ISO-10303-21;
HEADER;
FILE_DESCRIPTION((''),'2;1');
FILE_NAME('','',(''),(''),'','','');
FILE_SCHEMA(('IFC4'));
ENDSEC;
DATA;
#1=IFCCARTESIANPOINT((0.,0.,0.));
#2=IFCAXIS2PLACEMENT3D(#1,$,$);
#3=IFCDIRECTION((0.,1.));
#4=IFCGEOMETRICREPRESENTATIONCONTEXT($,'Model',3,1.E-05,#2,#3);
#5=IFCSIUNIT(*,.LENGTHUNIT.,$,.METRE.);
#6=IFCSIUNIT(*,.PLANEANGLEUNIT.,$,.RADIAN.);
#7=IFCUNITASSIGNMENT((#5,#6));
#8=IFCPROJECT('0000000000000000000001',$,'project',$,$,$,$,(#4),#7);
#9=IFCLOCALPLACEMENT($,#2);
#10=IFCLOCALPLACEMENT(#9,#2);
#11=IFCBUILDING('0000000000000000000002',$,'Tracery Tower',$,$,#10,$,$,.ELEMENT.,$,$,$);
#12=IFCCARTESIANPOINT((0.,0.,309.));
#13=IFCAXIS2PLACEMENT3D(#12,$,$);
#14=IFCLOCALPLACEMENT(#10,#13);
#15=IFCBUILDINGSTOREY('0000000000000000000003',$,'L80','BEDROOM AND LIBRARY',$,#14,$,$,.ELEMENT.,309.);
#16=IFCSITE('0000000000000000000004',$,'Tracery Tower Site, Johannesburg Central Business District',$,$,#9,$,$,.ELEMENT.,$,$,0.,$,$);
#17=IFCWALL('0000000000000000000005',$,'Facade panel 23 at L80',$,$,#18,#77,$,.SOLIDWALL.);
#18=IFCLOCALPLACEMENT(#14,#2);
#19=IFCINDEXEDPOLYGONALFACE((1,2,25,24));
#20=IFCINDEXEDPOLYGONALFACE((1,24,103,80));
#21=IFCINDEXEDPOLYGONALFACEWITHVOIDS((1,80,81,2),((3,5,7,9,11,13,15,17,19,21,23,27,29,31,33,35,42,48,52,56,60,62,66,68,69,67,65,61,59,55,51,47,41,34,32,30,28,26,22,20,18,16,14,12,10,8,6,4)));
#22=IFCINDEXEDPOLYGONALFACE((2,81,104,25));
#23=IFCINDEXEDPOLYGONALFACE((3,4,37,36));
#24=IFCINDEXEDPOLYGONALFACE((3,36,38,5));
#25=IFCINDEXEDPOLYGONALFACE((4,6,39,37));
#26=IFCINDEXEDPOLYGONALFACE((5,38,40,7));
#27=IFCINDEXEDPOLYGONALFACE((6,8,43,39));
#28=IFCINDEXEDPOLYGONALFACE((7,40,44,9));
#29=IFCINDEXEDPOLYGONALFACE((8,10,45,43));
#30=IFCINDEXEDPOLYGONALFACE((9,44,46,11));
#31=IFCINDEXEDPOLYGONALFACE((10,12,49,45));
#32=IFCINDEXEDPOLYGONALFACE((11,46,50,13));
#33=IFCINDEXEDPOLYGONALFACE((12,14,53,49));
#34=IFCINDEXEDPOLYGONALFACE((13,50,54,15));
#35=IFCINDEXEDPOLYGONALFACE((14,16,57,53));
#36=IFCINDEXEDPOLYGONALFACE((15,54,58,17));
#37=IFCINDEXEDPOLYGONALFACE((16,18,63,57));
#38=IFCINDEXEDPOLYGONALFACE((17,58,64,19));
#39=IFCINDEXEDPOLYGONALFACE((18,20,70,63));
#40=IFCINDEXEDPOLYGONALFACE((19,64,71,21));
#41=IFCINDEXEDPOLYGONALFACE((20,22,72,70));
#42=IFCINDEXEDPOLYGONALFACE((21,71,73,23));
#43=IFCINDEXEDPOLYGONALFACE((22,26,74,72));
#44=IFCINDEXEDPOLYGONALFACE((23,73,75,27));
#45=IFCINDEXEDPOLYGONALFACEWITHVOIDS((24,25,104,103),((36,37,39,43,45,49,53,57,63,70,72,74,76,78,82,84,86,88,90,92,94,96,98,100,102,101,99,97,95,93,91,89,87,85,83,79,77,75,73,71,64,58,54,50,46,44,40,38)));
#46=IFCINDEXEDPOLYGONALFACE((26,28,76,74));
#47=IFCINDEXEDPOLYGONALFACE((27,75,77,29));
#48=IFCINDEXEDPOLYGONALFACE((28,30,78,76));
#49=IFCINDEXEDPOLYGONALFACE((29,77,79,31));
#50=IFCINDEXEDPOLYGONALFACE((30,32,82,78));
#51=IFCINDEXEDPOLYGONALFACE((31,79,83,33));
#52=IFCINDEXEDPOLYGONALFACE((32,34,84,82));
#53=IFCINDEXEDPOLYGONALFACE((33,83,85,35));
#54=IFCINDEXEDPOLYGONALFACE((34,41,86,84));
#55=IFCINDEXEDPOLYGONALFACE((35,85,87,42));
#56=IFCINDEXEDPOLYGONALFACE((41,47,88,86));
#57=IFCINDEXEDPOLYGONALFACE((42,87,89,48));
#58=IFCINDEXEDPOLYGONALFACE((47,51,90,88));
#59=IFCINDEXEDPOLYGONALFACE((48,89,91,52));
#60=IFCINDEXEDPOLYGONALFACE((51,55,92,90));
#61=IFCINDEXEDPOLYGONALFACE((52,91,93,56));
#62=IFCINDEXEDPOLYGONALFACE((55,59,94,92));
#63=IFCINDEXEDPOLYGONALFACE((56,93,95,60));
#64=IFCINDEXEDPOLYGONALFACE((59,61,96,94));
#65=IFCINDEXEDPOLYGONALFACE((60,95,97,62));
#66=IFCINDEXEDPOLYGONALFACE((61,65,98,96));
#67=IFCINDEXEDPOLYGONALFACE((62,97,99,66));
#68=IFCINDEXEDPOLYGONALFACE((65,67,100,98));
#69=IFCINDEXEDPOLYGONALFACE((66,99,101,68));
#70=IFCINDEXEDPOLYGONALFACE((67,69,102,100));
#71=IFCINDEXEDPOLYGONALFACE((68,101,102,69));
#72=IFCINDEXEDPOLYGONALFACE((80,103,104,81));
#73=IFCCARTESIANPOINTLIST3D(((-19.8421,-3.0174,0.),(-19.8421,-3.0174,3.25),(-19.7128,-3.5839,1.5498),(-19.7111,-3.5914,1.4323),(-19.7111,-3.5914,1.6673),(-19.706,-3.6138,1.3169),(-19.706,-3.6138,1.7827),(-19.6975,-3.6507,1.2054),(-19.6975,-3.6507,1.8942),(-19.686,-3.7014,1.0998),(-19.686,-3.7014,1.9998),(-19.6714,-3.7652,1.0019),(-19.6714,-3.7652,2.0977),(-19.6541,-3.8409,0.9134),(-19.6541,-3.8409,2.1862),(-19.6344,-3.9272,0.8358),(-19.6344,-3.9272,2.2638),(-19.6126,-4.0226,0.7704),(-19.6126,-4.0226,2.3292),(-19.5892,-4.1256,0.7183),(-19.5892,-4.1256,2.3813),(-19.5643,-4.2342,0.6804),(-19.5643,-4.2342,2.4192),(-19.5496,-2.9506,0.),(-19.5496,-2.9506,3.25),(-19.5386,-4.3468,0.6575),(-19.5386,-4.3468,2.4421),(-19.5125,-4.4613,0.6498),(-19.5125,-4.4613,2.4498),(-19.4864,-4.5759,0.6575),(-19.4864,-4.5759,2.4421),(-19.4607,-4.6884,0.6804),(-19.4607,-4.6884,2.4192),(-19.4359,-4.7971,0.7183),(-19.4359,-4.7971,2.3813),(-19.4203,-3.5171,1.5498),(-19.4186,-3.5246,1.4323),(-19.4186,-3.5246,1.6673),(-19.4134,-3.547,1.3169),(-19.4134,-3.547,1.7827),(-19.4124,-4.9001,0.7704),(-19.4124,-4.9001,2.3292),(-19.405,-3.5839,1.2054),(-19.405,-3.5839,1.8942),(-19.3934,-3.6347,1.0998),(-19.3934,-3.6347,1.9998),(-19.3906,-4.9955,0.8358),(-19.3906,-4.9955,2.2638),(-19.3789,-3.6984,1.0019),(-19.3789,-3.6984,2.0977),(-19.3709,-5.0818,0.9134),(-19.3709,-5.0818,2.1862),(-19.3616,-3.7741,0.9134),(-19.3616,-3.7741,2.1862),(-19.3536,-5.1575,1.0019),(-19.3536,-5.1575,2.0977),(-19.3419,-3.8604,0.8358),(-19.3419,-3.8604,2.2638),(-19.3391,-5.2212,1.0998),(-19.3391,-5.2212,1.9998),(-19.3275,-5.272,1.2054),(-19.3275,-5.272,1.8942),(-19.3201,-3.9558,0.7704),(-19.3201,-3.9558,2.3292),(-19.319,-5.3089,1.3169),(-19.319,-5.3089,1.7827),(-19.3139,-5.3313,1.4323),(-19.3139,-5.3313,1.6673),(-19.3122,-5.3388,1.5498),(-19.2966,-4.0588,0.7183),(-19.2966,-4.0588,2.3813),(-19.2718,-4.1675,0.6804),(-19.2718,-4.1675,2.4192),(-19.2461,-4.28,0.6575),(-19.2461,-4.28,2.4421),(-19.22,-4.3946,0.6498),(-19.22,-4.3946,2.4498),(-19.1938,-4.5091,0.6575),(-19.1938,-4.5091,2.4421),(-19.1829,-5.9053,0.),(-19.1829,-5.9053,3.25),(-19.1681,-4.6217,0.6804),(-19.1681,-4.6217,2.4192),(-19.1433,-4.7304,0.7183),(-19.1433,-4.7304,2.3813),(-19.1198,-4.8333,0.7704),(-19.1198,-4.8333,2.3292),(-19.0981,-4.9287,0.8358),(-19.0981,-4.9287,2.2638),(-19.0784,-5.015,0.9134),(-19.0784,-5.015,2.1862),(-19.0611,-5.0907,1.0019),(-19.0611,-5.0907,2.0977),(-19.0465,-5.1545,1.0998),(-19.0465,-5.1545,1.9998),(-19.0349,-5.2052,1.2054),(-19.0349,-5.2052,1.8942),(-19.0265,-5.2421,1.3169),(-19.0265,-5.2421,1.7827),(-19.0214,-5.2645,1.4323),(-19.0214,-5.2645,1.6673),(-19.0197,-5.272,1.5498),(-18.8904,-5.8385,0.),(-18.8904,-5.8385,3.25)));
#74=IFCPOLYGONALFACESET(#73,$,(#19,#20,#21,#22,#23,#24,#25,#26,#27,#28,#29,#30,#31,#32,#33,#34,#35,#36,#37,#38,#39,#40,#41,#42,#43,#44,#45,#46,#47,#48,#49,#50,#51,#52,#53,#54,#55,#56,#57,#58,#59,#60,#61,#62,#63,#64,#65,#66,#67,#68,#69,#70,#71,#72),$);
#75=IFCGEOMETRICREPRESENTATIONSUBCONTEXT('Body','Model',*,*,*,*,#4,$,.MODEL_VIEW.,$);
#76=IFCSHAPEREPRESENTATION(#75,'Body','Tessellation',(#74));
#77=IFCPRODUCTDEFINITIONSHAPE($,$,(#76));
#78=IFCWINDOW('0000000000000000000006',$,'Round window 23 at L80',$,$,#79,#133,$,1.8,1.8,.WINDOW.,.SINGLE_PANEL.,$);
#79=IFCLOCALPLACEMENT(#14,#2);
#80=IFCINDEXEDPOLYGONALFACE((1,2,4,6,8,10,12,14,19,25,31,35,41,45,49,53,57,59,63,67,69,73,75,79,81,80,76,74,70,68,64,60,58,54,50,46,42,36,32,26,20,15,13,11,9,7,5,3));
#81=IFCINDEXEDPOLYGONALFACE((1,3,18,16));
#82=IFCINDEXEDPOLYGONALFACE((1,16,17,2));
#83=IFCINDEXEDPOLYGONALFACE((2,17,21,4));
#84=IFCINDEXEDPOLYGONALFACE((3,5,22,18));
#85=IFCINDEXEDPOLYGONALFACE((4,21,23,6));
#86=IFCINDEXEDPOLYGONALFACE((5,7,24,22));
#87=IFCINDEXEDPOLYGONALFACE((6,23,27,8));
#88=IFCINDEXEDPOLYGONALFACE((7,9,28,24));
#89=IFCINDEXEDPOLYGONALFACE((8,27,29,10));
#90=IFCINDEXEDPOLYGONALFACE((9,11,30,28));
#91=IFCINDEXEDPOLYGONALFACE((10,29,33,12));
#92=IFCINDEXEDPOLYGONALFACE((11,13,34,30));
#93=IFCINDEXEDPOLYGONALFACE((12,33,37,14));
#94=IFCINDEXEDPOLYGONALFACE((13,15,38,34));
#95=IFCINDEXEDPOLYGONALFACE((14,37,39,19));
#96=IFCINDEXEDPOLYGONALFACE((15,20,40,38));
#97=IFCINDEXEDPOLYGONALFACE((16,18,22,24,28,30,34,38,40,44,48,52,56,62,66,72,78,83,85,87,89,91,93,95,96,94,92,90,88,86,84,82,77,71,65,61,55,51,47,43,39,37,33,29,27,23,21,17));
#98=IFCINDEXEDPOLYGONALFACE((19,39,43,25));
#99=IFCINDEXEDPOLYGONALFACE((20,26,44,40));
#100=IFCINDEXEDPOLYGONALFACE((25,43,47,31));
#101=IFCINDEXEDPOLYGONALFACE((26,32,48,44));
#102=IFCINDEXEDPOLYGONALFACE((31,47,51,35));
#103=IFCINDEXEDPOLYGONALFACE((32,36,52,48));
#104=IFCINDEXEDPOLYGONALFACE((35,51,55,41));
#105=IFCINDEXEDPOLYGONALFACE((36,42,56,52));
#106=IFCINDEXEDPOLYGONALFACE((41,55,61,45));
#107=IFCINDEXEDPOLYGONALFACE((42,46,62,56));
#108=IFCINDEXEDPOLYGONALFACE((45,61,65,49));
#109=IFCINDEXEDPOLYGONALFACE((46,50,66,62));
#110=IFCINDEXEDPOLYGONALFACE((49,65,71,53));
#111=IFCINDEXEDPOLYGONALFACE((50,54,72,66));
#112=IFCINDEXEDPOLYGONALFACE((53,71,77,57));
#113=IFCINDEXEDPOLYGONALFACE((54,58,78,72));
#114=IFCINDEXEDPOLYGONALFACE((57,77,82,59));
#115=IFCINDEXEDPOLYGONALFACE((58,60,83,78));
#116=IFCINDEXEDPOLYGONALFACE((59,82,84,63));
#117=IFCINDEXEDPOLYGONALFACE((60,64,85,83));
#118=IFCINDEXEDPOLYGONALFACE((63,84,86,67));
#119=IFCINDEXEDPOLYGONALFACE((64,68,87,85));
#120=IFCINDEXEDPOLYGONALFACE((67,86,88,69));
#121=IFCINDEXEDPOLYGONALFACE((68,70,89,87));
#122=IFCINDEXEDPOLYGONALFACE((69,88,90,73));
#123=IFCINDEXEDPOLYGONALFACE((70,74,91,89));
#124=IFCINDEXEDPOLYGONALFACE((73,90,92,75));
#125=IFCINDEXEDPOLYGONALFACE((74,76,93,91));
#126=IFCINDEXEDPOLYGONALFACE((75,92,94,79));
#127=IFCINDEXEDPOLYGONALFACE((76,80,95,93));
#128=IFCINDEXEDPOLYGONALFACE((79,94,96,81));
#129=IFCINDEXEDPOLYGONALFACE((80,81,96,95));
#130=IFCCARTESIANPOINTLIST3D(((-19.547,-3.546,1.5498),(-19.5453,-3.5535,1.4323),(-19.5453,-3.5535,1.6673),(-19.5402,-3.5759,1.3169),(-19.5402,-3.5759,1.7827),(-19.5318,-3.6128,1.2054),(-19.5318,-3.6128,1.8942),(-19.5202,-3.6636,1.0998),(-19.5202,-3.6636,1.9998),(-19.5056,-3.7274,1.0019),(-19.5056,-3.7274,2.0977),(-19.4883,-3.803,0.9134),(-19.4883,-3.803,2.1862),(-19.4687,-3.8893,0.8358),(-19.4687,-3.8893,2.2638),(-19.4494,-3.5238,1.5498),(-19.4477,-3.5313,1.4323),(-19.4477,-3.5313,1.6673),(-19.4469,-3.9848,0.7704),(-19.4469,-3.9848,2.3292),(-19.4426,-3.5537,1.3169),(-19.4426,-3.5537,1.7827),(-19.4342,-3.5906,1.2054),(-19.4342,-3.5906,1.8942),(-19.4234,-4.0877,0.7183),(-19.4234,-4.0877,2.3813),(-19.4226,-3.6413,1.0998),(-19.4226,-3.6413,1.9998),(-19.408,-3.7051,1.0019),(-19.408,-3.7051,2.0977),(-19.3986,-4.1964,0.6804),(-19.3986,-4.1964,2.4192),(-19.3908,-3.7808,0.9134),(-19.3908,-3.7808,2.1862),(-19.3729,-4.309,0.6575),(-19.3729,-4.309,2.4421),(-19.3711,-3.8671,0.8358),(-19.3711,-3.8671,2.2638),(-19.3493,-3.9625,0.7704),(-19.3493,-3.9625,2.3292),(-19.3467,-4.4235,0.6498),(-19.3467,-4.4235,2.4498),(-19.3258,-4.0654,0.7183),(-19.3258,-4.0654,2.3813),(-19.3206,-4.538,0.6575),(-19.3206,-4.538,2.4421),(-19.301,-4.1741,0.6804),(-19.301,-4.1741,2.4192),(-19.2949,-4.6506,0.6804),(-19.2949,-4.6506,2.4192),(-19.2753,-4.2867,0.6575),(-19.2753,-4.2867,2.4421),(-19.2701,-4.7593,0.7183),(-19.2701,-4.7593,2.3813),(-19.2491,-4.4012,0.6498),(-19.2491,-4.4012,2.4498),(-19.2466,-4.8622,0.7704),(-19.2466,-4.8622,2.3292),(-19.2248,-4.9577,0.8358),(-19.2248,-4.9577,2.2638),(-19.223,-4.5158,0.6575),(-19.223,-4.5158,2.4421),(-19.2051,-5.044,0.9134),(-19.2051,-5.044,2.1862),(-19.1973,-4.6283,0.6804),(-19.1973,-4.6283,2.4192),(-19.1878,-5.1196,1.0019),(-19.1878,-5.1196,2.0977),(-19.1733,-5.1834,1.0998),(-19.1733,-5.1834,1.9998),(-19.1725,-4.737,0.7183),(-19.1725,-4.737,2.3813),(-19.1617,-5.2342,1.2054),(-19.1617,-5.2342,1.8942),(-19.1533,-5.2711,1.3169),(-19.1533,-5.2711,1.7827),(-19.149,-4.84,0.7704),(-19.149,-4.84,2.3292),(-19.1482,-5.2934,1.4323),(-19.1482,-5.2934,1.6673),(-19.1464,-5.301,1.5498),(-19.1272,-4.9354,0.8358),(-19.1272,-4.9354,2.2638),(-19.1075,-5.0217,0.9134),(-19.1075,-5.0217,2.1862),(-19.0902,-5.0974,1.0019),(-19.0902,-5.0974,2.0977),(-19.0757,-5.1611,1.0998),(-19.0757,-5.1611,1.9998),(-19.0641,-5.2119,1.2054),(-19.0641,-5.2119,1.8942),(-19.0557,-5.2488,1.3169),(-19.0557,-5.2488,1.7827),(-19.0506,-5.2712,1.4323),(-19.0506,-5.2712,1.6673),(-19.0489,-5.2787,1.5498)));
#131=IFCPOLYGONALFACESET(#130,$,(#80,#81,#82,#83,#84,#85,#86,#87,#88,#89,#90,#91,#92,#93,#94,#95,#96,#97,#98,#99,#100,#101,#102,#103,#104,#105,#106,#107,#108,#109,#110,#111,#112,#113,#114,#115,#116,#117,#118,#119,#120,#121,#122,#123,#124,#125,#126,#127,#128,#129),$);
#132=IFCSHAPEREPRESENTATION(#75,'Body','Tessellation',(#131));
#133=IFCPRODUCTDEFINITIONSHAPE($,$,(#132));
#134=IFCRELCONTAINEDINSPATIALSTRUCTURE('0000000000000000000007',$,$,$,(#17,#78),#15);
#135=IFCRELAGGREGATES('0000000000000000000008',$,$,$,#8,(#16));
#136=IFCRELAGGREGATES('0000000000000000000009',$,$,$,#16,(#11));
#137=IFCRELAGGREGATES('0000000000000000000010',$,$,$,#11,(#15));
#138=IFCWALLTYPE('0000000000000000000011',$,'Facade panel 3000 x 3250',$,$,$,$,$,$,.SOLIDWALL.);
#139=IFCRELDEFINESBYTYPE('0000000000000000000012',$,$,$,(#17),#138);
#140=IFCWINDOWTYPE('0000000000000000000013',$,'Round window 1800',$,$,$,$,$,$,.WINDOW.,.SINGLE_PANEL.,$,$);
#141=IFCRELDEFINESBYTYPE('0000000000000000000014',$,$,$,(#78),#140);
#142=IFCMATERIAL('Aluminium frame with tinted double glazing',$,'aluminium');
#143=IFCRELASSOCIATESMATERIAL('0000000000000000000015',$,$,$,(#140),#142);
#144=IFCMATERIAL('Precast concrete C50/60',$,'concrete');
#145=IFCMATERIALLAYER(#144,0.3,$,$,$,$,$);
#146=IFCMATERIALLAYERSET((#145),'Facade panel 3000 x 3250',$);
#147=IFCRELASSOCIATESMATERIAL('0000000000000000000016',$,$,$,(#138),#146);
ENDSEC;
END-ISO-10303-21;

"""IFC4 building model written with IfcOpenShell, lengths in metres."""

from ifc_helpers import new_model, si_unit, direction, frame, frame_2d, origin, origin_2d, place, context, subcontext, project, spatial, rectangle, circle, extrude, material, layer, layer_set, type_object, element, fill, save


model = new_model("IFC4")

# Units and contexts
model_context = context("Model", 3, precision=1e-05, world=origin(), true_north=direction((0.0, 1.0)))
body_context = subcontext(model_context, "Body", "Model", "MODEL_VIEW")
ifc_project = project(units=[si_unit("LENGTHUNIT", "METRE"), si_unit("PLANEANGLEUNIT", "RADIAN")], contexts=[model_context])

# Site, building, storey
site_placement = place(None, origin())
site = spatial("IfcSite", under=ifc_project, at=site_placement, Name="Tracery Tower Site, Johannesburg Central Business District", CompositionType="ELEMENT", RefElevation=0.0)
building_placement = place(site_placement, origin())
building = spatial("IfcBuilding", under=site, at=building_placement, Name="Tracery Tower", CompositionType="ELEMENT")
storey_placement = place(building_placement, frame((0.0, 0.0, 309.0)))
storey = spatial("IfcBuildingStorey", under=building, at=storey_placement, Name="L80", Description="BEDROOM AND LIBRARY", CompositionType="ELEMENT", Elevation=309.0)

# Wall, opening, window
ifc_material_1 = material(Name="Aluminium frame with tinted double glazing", Category="aluminium")
window_type = type_object("IfcWindowType", Name="Round window 1800", PartitioningType="SINGLE_PANEL", PredefinedType="WINDOW", material=ifc_material_1)
ifc_material_2 = material(Name="Precast concrete C50/60", Category="concrete")
ifc_layer_1 = layer(ifc_material_2, 0.3)
ifc_layer_set_1 = layer_set([ifc_layer_1], Name="Facade panel 3000 x 3250")
wall_type_1 = type_object("IfcWallType", Name="Facade panel 3000 x 3250", PredefinedType="SOLIDWALL", material=ifc_layer_set_1)
wall_1_placement = place(storey_placement, frame((-19.6958, -2.9841, 0.0), z_axis=(0.0, 0.0, 1.0), x_axis=(0.222529, -0.974926, 0.0)))
wall_1 = element("IfcWall", 1, at=wall_1_placement, inside=storey, type_object=wall_type_1, Name="Facade panel 23 at L80", PredefinedType="SOLIDWALL", context=body_context, shape_type="SweptSolid", body=[
    extrude(rectangle(XDim=2.9622, YDim=0.3, at=frame_2d((1.481, 0.0))), origin(), (0.0, 0.0, 1.0), 3.25),
])
opening_1_placement = place(wall_1_placement, frame((1.481, 0.0, 1.5498)))
opening_1 = element("IfcOpeningElement", 2, at=opening_1_placement, cuts=wall_1, PredefinedType="OPENING", context=body_context, shape_type="SweptSolid", body=[
    extrude(circle(Radius=0.9, at=origin_2d()), frame((0.0, 0.1599, 0.0), z_axis=(0.0, -1.0, 0.0), x_axis=(1.0, 0.0, 0.0)), (0.0, 0.0, 1.0), 0.3201),
])
window_1_placement = place(opening_1_placement, origin())
window_1 = element("IfcWindow", 3, at=window_1_placement, inside=storey, type_object=window_type, Name="Round window 23 at L80", OverallHeight=1.8, OverallWidth=1.8, PartitioningType="SINGLE_PANEL", PredefinedType="WINDOW", context=body_context, shape_type="SweptSolid", body=[
    extrude(circle(Radius=0.9, at=origin_2d()), frame((0.0, 0.1201, 0.0), z_axis=(0.0, -1.0, 0.0), x_axis=(1.0, 0.0, 0.0)), (0.0, 0.0, 1.0), 0.1001),
])
fill(opening_1, window_1)

save(model, "model.ifc")
